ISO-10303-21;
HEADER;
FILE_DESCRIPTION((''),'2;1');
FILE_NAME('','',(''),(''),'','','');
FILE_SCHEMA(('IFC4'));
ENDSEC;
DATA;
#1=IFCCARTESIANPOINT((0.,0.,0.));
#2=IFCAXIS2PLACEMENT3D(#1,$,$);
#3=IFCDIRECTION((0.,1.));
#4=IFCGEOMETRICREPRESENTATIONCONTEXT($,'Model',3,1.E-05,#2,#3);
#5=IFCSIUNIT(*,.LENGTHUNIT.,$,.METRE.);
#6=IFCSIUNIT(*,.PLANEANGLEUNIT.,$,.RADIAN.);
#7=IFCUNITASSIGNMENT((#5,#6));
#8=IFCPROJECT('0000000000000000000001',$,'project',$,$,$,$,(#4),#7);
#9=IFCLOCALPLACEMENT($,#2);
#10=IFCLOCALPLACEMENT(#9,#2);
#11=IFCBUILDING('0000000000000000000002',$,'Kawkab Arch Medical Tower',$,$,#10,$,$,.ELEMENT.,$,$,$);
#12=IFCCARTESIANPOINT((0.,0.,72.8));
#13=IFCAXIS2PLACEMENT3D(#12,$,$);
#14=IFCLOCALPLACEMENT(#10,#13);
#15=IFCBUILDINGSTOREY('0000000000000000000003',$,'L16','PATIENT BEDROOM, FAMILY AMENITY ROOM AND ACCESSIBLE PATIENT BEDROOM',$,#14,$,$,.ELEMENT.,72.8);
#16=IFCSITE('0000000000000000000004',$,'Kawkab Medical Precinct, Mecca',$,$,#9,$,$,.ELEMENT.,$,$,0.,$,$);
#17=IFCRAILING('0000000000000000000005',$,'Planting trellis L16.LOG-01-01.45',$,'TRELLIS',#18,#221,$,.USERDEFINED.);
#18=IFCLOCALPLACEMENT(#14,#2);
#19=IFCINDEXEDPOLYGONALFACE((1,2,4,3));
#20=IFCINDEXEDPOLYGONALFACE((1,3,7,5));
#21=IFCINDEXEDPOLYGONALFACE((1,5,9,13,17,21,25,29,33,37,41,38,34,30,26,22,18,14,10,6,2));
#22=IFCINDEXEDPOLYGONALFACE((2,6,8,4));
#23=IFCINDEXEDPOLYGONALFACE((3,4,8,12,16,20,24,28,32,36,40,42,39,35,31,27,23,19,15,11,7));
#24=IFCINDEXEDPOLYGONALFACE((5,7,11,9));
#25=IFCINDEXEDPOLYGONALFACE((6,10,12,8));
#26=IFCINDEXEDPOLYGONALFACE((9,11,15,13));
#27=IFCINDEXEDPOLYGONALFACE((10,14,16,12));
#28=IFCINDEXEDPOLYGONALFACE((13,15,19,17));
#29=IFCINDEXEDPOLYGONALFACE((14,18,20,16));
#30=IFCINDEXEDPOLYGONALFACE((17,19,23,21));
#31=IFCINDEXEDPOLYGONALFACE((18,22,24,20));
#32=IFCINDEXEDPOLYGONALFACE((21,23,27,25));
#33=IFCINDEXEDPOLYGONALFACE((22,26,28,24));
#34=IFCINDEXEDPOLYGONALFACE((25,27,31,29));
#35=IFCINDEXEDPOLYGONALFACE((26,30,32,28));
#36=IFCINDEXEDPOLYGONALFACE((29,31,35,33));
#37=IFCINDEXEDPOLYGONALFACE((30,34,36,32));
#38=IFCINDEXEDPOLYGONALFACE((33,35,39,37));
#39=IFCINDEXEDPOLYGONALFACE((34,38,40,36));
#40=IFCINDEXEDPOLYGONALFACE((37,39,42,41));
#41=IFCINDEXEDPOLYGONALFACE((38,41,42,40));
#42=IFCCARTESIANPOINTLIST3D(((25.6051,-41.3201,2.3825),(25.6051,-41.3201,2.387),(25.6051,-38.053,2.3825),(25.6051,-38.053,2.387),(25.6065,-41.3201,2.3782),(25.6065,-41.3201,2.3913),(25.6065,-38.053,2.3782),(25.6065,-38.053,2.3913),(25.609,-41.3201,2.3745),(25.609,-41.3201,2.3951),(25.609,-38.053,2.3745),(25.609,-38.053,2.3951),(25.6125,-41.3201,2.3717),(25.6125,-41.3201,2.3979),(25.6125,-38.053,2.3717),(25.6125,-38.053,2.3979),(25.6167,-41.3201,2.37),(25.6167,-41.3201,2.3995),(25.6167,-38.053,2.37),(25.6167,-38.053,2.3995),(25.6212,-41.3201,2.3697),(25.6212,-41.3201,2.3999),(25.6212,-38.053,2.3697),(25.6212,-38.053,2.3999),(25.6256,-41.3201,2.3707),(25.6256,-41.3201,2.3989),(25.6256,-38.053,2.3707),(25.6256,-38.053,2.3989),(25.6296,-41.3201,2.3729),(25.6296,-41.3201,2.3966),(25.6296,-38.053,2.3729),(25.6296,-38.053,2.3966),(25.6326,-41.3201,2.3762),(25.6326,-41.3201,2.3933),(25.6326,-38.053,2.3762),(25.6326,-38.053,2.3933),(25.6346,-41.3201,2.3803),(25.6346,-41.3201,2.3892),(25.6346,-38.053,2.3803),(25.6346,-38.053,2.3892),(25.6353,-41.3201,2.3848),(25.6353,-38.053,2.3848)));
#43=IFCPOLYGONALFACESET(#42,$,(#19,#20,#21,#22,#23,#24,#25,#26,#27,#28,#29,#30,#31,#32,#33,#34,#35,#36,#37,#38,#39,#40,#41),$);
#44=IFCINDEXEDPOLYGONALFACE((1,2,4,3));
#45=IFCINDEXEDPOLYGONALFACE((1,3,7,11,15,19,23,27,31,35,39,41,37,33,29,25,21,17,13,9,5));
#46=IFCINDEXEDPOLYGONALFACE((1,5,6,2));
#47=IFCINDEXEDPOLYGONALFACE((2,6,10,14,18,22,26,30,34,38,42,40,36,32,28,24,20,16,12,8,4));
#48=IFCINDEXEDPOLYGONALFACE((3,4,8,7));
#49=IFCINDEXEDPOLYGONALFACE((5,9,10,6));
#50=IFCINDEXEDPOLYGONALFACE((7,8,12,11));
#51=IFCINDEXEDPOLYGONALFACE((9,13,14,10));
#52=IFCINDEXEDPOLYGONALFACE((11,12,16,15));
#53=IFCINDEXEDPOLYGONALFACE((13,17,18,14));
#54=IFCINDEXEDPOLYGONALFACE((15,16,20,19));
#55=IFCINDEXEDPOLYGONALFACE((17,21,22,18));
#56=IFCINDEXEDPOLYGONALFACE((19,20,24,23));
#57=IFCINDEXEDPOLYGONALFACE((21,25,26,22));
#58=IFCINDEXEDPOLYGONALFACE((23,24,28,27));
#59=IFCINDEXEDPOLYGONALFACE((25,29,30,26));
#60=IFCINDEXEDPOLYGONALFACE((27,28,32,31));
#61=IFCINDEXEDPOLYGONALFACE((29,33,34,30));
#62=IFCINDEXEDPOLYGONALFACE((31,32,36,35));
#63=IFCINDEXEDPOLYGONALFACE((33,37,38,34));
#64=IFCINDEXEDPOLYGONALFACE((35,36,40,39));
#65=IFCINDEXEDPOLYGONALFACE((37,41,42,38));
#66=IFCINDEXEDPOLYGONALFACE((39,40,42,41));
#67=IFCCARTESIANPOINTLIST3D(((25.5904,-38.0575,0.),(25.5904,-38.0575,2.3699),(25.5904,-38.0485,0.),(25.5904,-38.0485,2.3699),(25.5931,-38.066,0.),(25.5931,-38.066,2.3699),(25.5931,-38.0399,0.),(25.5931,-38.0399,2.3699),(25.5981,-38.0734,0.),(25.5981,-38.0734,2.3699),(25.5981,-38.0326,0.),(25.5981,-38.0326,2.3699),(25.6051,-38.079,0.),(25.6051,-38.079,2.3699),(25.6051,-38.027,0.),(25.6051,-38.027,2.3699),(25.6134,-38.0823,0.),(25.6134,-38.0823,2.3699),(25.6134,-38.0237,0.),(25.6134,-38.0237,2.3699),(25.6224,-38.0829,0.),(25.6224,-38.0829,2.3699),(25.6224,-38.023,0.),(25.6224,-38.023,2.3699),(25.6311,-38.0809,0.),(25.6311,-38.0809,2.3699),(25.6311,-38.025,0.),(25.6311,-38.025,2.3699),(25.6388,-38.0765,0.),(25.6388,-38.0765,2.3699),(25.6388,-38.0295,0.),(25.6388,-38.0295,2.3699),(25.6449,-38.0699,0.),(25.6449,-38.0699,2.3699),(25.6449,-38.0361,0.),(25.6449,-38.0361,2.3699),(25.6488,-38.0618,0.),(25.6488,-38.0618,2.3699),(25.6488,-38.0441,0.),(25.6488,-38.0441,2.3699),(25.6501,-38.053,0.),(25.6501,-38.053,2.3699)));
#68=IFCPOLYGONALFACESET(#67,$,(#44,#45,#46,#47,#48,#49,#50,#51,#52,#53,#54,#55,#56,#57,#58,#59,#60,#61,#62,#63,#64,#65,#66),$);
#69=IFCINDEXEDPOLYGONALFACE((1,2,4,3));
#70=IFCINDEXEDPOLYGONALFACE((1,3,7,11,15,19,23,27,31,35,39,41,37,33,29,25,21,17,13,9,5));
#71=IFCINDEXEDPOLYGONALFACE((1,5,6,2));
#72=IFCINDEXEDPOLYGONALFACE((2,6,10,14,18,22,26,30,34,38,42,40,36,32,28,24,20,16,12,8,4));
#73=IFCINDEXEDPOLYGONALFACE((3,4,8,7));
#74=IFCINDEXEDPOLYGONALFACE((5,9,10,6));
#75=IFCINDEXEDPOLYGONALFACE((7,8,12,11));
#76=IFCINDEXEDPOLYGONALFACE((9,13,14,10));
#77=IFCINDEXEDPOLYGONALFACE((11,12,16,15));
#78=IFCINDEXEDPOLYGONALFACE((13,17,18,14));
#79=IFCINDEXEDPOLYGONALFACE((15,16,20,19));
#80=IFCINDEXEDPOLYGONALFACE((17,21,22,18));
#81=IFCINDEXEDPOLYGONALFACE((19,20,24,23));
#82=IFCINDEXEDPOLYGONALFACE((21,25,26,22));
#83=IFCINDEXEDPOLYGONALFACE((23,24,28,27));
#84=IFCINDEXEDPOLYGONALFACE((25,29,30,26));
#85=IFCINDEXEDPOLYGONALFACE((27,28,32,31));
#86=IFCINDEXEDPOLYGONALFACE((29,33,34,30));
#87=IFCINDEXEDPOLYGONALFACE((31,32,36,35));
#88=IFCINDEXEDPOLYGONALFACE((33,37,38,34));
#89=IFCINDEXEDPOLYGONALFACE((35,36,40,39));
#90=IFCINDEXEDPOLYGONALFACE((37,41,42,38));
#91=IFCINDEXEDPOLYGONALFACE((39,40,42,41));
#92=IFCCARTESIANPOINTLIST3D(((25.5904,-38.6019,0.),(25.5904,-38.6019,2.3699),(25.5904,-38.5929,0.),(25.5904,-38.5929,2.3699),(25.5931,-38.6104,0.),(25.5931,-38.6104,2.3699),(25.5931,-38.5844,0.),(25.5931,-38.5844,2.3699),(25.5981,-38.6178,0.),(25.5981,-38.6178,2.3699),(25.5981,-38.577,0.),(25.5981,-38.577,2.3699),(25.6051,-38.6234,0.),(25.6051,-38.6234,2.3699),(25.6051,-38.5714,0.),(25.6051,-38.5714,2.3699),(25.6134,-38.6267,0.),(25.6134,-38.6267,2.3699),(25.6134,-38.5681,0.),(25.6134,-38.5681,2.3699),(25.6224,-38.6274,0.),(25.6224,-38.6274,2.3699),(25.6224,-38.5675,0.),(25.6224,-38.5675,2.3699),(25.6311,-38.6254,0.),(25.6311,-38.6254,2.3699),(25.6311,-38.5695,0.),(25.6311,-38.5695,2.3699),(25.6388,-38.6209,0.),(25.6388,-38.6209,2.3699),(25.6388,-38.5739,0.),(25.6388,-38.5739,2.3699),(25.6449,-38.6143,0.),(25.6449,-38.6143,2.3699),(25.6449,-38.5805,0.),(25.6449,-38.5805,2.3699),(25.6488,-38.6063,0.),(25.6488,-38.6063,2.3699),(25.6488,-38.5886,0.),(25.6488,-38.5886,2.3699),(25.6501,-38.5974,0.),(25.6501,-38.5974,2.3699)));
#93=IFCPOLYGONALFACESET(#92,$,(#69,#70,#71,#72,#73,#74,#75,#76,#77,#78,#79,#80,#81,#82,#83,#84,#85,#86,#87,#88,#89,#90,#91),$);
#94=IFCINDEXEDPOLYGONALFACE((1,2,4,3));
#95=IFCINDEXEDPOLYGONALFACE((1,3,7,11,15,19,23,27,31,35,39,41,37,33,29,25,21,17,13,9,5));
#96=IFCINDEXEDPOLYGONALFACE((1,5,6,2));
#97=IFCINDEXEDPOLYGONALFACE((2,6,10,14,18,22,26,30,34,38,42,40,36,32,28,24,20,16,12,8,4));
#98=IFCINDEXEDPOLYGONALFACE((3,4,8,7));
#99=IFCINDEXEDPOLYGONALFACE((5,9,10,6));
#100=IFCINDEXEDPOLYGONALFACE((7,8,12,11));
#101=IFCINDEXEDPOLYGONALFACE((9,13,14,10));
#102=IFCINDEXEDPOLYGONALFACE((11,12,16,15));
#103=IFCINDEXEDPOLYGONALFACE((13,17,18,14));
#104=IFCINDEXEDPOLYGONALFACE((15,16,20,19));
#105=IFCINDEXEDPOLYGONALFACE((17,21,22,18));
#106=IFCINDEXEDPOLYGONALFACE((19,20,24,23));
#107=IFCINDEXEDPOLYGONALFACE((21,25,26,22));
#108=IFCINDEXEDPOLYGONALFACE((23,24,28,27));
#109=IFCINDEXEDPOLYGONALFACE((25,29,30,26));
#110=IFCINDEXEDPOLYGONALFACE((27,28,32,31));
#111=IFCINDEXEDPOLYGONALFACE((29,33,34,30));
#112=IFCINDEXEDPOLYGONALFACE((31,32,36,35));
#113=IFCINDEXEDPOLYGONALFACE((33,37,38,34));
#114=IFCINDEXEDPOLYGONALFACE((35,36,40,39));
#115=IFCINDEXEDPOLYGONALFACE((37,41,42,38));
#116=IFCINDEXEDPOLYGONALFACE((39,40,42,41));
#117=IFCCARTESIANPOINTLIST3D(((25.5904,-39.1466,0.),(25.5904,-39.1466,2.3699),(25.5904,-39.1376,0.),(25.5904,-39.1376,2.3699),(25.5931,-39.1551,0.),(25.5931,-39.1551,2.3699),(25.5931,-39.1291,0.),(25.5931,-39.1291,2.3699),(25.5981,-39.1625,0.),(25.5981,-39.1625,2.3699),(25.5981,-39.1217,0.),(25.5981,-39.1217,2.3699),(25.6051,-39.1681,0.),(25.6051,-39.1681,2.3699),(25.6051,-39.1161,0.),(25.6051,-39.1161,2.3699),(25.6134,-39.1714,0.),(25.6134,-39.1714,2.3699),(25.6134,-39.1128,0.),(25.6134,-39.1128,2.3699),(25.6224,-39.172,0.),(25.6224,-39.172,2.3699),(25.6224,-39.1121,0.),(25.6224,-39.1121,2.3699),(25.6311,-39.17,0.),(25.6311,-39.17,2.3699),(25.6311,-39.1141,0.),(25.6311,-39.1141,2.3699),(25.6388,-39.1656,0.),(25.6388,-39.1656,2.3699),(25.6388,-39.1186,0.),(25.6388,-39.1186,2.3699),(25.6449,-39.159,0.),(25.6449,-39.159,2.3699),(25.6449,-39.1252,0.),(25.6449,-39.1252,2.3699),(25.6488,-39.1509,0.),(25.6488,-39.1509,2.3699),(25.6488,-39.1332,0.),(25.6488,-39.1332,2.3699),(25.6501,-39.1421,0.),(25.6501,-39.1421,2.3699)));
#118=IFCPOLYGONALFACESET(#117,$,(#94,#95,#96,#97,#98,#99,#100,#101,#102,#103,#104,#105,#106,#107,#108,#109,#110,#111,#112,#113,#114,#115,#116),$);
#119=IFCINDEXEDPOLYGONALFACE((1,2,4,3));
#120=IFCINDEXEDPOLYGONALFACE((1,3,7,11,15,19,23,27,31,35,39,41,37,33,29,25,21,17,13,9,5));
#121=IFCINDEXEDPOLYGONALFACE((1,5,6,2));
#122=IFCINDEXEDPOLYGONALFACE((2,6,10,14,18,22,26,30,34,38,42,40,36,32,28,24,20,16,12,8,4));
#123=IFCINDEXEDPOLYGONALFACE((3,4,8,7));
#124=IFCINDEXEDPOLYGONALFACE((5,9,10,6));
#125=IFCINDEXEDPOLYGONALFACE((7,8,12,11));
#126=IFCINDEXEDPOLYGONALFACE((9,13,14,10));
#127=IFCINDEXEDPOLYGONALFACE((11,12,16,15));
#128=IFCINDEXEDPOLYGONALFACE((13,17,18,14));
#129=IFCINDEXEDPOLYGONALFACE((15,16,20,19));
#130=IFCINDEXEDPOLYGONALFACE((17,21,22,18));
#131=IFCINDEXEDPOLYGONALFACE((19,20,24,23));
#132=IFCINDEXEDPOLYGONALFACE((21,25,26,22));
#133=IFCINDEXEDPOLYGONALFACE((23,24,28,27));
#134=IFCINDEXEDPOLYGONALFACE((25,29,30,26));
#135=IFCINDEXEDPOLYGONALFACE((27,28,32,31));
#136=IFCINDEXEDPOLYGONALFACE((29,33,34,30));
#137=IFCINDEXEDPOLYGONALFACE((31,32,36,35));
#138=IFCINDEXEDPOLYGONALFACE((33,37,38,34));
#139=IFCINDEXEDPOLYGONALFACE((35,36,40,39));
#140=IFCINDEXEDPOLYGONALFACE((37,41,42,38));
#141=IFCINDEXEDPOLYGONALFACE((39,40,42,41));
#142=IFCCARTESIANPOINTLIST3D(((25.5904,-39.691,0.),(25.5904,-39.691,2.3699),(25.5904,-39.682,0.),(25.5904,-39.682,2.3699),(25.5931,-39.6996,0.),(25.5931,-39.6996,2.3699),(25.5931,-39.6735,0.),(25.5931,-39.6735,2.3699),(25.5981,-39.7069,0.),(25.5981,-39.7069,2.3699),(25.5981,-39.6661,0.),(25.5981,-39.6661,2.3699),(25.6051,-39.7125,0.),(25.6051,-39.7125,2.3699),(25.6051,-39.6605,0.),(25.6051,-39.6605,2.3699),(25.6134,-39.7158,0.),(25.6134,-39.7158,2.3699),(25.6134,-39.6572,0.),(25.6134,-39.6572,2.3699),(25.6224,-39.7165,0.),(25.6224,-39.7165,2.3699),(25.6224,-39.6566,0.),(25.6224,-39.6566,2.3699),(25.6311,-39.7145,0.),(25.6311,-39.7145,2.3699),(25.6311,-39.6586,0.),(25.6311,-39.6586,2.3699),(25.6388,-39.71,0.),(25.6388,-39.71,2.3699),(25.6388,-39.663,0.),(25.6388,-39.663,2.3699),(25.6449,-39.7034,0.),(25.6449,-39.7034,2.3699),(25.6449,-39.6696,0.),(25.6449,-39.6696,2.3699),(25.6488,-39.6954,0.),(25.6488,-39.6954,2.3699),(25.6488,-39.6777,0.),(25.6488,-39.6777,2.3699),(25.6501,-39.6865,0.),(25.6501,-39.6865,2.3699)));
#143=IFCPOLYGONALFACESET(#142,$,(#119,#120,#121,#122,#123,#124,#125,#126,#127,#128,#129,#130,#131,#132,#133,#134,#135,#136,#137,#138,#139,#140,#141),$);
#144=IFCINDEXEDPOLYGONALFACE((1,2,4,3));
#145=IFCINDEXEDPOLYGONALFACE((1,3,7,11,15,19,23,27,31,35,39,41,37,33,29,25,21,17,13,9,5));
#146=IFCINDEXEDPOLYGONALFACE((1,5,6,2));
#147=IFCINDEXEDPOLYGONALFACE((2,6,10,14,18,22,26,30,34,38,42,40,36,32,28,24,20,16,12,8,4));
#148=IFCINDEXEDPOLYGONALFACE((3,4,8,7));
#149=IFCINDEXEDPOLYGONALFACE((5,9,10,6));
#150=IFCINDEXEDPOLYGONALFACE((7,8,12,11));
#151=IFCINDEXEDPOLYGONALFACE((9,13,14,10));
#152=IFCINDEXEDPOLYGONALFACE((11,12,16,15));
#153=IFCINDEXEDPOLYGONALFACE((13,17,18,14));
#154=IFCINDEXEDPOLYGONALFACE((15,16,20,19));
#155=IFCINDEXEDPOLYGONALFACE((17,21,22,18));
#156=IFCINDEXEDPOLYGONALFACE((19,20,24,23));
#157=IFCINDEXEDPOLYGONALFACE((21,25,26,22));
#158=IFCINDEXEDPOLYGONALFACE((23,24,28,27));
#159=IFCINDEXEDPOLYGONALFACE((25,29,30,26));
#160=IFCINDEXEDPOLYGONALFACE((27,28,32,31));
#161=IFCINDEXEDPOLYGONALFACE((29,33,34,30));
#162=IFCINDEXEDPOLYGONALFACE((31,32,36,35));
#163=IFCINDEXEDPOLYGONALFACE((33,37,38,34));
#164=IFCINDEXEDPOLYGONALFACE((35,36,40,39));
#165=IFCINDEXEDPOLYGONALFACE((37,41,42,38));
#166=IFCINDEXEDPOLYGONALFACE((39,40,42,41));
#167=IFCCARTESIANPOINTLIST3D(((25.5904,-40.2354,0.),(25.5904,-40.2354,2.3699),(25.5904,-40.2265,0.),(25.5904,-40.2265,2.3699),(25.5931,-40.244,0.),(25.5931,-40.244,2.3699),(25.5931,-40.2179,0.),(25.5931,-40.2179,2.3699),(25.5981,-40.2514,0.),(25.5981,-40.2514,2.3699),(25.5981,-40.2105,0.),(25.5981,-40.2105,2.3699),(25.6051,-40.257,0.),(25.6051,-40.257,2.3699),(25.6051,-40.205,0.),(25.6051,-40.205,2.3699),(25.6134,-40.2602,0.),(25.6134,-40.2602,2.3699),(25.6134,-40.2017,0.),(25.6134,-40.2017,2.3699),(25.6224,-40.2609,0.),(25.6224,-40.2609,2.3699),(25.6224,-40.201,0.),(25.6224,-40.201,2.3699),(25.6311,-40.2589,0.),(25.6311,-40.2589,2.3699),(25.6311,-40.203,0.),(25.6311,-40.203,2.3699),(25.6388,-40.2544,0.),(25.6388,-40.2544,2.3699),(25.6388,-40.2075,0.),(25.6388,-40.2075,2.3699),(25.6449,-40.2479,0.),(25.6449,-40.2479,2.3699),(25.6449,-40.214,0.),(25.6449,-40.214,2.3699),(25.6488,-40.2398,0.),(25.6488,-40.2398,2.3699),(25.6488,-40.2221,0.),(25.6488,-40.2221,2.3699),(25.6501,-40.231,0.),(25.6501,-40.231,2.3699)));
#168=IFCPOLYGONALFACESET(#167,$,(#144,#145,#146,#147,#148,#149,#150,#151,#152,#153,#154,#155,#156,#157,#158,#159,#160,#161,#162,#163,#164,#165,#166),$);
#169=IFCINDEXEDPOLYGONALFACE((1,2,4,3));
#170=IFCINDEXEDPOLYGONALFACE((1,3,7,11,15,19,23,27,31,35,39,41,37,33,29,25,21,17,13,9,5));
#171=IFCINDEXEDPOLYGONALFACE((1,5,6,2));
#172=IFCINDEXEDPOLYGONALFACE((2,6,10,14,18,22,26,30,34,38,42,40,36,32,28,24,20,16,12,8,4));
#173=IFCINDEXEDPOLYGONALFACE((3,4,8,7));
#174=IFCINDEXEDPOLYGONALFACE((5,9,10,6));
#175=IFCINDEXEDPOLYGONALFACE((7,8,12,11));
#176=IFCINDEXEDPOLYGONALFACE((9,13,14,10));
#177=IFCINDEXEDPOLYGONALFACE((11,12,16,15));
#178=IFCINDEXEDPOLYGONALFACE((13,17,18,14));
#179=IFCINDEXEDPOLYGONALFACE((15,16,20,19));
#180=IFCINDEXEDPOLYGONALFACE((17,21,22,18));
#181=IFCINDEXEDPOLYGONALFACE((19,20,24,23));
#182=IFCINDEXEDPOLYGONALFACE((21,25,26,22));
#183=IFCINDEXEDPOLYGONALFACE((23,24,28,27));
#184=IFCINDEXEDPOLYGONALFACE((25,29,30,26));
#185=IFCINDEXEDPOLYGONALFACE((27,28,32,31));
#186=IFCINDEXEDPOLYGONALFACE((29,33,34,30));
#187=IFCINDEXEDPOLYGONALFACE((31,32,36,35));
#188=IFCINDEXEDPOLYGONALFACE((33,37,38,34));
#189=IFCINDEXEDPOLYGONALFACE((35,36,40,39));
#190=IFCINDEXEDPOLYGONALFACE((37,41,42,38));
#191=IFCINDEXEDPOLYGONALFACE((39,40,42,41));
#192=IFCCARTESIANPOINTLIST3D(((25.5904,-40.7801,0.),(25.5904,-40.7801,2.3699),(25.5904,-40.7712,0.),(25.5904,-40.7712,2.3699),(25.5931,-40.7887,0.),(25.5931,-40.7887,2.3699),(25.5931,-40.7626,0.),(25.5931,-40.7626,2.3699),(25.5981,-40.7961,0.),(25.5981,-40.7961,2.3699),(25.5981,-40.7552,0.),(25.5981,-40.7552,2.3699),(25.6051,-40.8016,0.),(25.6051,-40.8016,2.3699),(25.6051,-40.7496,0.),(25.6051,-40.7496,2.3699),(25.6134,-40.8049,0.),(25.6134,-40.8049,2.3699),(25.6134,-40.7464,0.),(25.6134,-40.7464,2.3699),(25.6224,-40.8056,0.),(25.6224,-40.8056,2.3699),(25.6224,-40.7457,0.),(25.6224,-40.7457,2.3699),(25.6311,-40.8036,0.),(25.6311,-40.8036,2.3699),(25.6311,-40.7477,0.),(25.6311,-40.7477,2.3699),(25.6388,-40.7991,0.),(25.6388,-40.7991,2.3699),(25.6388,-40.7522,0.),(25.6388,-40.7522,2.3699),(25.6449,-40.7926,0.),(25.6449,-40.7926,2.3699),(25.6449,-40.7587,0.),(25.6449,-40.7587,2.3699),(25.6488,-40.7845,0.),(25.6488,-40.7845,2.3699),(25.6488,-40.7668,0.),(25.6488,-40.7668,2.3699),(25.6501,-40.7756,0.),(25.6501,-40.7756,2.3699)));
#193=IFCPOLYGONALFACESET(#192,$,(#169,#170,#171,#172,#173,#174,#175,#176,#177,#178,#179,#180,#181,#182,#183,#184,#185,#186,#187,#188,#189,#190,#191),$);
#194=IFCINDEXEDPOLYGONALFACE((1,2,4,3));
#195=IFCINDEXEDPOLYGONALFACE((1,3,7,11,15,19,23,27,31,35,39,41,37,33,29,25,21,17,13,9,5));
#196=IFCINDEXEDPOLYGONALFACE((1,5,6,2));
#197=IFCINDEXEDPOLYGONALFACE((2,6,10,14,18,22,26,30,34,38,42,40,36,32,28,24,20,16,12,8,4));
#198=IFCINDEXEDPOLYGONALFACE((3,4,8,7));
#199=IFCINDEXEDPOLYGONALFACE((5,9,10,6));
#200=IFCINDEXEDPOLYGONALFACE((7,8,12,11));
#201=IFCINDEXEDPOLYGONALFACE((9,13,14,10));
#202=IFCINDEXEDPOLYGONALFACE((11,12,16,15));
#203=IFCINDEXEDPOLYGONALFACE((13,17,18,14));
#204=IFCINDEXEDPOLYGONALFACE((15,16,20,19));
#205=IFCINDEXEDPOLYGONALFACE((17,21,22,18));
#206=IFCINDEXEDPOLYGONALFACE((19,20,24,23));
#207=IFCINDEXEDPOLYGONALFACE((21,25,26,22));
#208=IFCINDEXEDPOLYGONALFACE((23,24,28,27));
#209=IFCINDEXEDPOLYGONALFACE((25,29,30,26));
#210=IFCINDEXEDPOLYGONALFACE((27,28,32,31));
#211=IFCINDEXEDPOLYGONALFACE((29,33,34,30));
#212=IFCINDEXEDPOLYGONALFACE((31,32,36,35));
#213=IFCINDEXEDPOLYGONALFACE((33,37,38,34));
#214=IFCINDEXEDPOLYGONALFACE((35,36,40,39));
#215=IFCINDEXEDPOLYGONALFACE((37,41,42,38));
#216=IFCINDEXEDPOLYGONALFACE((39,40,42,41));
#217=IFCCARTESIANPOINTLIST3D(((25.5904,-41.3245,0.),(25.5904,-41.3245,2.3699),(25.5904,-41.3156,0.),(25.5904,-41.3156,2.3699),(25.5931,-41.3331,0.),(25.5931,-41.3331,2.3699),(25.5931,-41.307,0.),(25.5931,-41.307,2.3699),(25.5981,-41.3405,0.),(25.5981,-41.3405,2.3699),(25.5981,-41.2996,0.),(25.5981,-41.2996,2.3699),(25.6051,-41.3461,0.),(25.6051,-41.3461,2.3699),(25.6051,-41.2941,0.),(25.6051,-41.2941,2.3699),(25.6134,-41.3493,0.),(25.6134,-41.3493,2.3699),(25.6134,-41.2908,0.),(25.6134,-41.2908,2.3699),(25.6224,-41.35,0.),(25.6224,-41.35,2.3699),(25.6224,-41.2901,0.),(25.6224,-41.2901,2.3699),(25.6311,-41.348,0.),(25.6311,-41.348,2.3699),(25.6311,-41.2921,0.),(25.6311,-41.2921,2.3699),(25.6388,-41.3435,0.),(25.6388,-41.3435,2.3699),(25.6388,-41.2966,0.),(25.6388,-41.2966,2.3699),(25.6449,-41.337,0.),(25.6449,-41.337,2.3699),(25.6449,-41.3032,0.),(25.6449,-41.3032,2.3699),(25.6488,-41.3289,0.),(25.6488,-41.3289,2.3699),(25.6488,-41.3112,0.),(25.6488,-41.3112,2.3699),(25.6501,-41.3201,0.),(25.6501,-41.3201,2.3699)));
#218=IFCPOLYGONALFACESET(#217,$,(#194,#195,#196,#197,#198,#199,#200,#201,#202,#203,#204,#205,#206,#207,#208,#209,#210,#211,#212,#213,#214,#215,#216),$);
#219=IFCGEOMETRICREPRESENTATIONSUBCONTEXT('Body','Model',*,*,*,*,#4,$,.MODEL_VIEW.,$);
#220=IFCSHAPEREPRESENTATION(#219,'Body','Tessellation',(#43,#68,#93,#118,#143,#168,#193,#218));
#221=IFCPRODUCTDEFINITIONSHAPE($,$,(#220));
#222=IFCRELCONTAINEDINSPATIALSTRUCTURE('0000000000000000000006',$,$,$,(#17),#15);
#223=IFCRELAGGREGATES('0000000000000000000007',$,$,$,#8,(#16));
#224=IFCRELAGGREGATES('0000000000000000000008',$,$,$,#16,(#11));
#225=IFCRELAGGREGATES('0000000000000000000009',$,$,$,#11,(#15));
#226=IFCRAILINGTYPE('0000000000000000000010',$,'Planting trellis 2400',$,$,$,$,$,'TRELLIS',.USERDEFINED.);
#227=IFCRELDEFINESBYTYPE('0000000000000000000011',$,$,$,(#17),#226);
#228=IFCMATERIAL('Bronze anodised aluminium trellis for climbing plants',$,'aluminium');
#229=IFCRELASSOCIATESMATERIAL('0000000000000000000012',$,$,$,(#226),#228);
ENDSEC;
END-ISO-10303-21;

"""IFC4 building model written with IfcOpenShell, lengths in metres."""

from ifc_helpers import new_model, si_unit, direction, frame, origin, origin_2d, place, context, subcontext, project, spatial, circle, extrude, material, type_object, element, save


model = new_model("IFC4")

# Units and contexts
model_context = context("Model", 3, precision=1e-05, world=origin(), true_north=direction((0.0, 1.0)))
body_context = subcontext(model_context, "Body", "Model", "MODEL_VIEW")
ifc_project = project(units=[si_unit("LENGTHUNIT", "METRE"), si_unit("PLANEANGLEUNIT", "RADIAN")], contexts=[model_context])

# Site, building, storey
site_placement = place(None, origin())
site = spatial("IfcSite", under=ifc_project, at=site_placement, Name="Kawkab Medical Precinct, Mecca", CompositionType="ELEMENT", RefElevation=0.0)
building_placement = place(site_placement, origin())
building = spatial("IfcBuilding", under=site, at=building_placement, Name="Kawkab Arch Medical Tower", CompositionType="ELEMENT")
storey_placement = place(building_placement, frame((0.0, 0.0, 72.8)))
storey = spatial("IfcBuildingStorey", under=building, at=storey_placement, Name="L16", Description="PATIENT BEDROOM, FAMILY AMENITY ROOM AND ACCESSIBLE PATIENT BEDROOM", CompositionType="ELEMENT", Elevation=72.8)

# Railing
ifc_material_1 = material(Name="Bronze anodised aluminium trellis for climbing plants", Category="aluminium")
railing_type = type_object("IfcRailingType", Name="Planting trellis 2400", ElementType="TRELLIS", PredefinedType="USERDEFINED", material=ifc_material_1)
railing_1_placement = place(storey_placement, frame((25.6201, -38.053, 0.0)))
element("IfcRailing", 1, at=railing_1_placement, inside=storey, type_object=railing_type, Name="Planting trellis L16.LOG-01-01.45", ObjectType="TRELLIS", PredefinedType="USERDEFINED", context=body_context, shape_type="SweptSolid", body=[
    extrude(circle(Radius=0.0151, at=origin_2d()), frame((0.0, 0.0, 2.3848), z_axis=(0.0, -1.0, 0.0), x_axis=(1.0, 0.0, 0.0)), (0.0, 0.0, 1.0), 3.2671),
    extrude(circle(Radius=0.03, at=origin_2d()), origin(), (0.0, 0.0, 1.0), 2.3699),
    extrude(circle(Radius=0.03, at=origin_2d()), frame((0.0, -0.5444, 0.0)), (0.0, 0.0, 1.0), 2.3699),
    extrude(circle(Radius=0.03, at=origin_2d()), frame((0.0, -1.0891, 0.0)), (0.0, 0.0, 1.0), 2.3699),
    extrude(circle(Radius=0.03, at=origin_2d()), frame((0.0, -1.6335, 0.0)), (0.0, 0.0, 1.0), 2.3699),
    extrude(circle(Radius=0.03, at=origin_2d()), frame((0.0, -2.178, 0.0)), (0.0, 0.0, 1.0), 2.3699),
    extrude(circle(Radius=0.03, at=origin_2d()), frame((0.0, -2.7227, 0.0)), (0.0, 0.0, 1.0), 2.3699),
    extrude(circle(Radius=0.03, at=origin_2d()), frame((0.0, -3.2671, 0.0)), (0.0, 0.0, 1.0), 2.3699),
])

save(model, "model.ifc")
